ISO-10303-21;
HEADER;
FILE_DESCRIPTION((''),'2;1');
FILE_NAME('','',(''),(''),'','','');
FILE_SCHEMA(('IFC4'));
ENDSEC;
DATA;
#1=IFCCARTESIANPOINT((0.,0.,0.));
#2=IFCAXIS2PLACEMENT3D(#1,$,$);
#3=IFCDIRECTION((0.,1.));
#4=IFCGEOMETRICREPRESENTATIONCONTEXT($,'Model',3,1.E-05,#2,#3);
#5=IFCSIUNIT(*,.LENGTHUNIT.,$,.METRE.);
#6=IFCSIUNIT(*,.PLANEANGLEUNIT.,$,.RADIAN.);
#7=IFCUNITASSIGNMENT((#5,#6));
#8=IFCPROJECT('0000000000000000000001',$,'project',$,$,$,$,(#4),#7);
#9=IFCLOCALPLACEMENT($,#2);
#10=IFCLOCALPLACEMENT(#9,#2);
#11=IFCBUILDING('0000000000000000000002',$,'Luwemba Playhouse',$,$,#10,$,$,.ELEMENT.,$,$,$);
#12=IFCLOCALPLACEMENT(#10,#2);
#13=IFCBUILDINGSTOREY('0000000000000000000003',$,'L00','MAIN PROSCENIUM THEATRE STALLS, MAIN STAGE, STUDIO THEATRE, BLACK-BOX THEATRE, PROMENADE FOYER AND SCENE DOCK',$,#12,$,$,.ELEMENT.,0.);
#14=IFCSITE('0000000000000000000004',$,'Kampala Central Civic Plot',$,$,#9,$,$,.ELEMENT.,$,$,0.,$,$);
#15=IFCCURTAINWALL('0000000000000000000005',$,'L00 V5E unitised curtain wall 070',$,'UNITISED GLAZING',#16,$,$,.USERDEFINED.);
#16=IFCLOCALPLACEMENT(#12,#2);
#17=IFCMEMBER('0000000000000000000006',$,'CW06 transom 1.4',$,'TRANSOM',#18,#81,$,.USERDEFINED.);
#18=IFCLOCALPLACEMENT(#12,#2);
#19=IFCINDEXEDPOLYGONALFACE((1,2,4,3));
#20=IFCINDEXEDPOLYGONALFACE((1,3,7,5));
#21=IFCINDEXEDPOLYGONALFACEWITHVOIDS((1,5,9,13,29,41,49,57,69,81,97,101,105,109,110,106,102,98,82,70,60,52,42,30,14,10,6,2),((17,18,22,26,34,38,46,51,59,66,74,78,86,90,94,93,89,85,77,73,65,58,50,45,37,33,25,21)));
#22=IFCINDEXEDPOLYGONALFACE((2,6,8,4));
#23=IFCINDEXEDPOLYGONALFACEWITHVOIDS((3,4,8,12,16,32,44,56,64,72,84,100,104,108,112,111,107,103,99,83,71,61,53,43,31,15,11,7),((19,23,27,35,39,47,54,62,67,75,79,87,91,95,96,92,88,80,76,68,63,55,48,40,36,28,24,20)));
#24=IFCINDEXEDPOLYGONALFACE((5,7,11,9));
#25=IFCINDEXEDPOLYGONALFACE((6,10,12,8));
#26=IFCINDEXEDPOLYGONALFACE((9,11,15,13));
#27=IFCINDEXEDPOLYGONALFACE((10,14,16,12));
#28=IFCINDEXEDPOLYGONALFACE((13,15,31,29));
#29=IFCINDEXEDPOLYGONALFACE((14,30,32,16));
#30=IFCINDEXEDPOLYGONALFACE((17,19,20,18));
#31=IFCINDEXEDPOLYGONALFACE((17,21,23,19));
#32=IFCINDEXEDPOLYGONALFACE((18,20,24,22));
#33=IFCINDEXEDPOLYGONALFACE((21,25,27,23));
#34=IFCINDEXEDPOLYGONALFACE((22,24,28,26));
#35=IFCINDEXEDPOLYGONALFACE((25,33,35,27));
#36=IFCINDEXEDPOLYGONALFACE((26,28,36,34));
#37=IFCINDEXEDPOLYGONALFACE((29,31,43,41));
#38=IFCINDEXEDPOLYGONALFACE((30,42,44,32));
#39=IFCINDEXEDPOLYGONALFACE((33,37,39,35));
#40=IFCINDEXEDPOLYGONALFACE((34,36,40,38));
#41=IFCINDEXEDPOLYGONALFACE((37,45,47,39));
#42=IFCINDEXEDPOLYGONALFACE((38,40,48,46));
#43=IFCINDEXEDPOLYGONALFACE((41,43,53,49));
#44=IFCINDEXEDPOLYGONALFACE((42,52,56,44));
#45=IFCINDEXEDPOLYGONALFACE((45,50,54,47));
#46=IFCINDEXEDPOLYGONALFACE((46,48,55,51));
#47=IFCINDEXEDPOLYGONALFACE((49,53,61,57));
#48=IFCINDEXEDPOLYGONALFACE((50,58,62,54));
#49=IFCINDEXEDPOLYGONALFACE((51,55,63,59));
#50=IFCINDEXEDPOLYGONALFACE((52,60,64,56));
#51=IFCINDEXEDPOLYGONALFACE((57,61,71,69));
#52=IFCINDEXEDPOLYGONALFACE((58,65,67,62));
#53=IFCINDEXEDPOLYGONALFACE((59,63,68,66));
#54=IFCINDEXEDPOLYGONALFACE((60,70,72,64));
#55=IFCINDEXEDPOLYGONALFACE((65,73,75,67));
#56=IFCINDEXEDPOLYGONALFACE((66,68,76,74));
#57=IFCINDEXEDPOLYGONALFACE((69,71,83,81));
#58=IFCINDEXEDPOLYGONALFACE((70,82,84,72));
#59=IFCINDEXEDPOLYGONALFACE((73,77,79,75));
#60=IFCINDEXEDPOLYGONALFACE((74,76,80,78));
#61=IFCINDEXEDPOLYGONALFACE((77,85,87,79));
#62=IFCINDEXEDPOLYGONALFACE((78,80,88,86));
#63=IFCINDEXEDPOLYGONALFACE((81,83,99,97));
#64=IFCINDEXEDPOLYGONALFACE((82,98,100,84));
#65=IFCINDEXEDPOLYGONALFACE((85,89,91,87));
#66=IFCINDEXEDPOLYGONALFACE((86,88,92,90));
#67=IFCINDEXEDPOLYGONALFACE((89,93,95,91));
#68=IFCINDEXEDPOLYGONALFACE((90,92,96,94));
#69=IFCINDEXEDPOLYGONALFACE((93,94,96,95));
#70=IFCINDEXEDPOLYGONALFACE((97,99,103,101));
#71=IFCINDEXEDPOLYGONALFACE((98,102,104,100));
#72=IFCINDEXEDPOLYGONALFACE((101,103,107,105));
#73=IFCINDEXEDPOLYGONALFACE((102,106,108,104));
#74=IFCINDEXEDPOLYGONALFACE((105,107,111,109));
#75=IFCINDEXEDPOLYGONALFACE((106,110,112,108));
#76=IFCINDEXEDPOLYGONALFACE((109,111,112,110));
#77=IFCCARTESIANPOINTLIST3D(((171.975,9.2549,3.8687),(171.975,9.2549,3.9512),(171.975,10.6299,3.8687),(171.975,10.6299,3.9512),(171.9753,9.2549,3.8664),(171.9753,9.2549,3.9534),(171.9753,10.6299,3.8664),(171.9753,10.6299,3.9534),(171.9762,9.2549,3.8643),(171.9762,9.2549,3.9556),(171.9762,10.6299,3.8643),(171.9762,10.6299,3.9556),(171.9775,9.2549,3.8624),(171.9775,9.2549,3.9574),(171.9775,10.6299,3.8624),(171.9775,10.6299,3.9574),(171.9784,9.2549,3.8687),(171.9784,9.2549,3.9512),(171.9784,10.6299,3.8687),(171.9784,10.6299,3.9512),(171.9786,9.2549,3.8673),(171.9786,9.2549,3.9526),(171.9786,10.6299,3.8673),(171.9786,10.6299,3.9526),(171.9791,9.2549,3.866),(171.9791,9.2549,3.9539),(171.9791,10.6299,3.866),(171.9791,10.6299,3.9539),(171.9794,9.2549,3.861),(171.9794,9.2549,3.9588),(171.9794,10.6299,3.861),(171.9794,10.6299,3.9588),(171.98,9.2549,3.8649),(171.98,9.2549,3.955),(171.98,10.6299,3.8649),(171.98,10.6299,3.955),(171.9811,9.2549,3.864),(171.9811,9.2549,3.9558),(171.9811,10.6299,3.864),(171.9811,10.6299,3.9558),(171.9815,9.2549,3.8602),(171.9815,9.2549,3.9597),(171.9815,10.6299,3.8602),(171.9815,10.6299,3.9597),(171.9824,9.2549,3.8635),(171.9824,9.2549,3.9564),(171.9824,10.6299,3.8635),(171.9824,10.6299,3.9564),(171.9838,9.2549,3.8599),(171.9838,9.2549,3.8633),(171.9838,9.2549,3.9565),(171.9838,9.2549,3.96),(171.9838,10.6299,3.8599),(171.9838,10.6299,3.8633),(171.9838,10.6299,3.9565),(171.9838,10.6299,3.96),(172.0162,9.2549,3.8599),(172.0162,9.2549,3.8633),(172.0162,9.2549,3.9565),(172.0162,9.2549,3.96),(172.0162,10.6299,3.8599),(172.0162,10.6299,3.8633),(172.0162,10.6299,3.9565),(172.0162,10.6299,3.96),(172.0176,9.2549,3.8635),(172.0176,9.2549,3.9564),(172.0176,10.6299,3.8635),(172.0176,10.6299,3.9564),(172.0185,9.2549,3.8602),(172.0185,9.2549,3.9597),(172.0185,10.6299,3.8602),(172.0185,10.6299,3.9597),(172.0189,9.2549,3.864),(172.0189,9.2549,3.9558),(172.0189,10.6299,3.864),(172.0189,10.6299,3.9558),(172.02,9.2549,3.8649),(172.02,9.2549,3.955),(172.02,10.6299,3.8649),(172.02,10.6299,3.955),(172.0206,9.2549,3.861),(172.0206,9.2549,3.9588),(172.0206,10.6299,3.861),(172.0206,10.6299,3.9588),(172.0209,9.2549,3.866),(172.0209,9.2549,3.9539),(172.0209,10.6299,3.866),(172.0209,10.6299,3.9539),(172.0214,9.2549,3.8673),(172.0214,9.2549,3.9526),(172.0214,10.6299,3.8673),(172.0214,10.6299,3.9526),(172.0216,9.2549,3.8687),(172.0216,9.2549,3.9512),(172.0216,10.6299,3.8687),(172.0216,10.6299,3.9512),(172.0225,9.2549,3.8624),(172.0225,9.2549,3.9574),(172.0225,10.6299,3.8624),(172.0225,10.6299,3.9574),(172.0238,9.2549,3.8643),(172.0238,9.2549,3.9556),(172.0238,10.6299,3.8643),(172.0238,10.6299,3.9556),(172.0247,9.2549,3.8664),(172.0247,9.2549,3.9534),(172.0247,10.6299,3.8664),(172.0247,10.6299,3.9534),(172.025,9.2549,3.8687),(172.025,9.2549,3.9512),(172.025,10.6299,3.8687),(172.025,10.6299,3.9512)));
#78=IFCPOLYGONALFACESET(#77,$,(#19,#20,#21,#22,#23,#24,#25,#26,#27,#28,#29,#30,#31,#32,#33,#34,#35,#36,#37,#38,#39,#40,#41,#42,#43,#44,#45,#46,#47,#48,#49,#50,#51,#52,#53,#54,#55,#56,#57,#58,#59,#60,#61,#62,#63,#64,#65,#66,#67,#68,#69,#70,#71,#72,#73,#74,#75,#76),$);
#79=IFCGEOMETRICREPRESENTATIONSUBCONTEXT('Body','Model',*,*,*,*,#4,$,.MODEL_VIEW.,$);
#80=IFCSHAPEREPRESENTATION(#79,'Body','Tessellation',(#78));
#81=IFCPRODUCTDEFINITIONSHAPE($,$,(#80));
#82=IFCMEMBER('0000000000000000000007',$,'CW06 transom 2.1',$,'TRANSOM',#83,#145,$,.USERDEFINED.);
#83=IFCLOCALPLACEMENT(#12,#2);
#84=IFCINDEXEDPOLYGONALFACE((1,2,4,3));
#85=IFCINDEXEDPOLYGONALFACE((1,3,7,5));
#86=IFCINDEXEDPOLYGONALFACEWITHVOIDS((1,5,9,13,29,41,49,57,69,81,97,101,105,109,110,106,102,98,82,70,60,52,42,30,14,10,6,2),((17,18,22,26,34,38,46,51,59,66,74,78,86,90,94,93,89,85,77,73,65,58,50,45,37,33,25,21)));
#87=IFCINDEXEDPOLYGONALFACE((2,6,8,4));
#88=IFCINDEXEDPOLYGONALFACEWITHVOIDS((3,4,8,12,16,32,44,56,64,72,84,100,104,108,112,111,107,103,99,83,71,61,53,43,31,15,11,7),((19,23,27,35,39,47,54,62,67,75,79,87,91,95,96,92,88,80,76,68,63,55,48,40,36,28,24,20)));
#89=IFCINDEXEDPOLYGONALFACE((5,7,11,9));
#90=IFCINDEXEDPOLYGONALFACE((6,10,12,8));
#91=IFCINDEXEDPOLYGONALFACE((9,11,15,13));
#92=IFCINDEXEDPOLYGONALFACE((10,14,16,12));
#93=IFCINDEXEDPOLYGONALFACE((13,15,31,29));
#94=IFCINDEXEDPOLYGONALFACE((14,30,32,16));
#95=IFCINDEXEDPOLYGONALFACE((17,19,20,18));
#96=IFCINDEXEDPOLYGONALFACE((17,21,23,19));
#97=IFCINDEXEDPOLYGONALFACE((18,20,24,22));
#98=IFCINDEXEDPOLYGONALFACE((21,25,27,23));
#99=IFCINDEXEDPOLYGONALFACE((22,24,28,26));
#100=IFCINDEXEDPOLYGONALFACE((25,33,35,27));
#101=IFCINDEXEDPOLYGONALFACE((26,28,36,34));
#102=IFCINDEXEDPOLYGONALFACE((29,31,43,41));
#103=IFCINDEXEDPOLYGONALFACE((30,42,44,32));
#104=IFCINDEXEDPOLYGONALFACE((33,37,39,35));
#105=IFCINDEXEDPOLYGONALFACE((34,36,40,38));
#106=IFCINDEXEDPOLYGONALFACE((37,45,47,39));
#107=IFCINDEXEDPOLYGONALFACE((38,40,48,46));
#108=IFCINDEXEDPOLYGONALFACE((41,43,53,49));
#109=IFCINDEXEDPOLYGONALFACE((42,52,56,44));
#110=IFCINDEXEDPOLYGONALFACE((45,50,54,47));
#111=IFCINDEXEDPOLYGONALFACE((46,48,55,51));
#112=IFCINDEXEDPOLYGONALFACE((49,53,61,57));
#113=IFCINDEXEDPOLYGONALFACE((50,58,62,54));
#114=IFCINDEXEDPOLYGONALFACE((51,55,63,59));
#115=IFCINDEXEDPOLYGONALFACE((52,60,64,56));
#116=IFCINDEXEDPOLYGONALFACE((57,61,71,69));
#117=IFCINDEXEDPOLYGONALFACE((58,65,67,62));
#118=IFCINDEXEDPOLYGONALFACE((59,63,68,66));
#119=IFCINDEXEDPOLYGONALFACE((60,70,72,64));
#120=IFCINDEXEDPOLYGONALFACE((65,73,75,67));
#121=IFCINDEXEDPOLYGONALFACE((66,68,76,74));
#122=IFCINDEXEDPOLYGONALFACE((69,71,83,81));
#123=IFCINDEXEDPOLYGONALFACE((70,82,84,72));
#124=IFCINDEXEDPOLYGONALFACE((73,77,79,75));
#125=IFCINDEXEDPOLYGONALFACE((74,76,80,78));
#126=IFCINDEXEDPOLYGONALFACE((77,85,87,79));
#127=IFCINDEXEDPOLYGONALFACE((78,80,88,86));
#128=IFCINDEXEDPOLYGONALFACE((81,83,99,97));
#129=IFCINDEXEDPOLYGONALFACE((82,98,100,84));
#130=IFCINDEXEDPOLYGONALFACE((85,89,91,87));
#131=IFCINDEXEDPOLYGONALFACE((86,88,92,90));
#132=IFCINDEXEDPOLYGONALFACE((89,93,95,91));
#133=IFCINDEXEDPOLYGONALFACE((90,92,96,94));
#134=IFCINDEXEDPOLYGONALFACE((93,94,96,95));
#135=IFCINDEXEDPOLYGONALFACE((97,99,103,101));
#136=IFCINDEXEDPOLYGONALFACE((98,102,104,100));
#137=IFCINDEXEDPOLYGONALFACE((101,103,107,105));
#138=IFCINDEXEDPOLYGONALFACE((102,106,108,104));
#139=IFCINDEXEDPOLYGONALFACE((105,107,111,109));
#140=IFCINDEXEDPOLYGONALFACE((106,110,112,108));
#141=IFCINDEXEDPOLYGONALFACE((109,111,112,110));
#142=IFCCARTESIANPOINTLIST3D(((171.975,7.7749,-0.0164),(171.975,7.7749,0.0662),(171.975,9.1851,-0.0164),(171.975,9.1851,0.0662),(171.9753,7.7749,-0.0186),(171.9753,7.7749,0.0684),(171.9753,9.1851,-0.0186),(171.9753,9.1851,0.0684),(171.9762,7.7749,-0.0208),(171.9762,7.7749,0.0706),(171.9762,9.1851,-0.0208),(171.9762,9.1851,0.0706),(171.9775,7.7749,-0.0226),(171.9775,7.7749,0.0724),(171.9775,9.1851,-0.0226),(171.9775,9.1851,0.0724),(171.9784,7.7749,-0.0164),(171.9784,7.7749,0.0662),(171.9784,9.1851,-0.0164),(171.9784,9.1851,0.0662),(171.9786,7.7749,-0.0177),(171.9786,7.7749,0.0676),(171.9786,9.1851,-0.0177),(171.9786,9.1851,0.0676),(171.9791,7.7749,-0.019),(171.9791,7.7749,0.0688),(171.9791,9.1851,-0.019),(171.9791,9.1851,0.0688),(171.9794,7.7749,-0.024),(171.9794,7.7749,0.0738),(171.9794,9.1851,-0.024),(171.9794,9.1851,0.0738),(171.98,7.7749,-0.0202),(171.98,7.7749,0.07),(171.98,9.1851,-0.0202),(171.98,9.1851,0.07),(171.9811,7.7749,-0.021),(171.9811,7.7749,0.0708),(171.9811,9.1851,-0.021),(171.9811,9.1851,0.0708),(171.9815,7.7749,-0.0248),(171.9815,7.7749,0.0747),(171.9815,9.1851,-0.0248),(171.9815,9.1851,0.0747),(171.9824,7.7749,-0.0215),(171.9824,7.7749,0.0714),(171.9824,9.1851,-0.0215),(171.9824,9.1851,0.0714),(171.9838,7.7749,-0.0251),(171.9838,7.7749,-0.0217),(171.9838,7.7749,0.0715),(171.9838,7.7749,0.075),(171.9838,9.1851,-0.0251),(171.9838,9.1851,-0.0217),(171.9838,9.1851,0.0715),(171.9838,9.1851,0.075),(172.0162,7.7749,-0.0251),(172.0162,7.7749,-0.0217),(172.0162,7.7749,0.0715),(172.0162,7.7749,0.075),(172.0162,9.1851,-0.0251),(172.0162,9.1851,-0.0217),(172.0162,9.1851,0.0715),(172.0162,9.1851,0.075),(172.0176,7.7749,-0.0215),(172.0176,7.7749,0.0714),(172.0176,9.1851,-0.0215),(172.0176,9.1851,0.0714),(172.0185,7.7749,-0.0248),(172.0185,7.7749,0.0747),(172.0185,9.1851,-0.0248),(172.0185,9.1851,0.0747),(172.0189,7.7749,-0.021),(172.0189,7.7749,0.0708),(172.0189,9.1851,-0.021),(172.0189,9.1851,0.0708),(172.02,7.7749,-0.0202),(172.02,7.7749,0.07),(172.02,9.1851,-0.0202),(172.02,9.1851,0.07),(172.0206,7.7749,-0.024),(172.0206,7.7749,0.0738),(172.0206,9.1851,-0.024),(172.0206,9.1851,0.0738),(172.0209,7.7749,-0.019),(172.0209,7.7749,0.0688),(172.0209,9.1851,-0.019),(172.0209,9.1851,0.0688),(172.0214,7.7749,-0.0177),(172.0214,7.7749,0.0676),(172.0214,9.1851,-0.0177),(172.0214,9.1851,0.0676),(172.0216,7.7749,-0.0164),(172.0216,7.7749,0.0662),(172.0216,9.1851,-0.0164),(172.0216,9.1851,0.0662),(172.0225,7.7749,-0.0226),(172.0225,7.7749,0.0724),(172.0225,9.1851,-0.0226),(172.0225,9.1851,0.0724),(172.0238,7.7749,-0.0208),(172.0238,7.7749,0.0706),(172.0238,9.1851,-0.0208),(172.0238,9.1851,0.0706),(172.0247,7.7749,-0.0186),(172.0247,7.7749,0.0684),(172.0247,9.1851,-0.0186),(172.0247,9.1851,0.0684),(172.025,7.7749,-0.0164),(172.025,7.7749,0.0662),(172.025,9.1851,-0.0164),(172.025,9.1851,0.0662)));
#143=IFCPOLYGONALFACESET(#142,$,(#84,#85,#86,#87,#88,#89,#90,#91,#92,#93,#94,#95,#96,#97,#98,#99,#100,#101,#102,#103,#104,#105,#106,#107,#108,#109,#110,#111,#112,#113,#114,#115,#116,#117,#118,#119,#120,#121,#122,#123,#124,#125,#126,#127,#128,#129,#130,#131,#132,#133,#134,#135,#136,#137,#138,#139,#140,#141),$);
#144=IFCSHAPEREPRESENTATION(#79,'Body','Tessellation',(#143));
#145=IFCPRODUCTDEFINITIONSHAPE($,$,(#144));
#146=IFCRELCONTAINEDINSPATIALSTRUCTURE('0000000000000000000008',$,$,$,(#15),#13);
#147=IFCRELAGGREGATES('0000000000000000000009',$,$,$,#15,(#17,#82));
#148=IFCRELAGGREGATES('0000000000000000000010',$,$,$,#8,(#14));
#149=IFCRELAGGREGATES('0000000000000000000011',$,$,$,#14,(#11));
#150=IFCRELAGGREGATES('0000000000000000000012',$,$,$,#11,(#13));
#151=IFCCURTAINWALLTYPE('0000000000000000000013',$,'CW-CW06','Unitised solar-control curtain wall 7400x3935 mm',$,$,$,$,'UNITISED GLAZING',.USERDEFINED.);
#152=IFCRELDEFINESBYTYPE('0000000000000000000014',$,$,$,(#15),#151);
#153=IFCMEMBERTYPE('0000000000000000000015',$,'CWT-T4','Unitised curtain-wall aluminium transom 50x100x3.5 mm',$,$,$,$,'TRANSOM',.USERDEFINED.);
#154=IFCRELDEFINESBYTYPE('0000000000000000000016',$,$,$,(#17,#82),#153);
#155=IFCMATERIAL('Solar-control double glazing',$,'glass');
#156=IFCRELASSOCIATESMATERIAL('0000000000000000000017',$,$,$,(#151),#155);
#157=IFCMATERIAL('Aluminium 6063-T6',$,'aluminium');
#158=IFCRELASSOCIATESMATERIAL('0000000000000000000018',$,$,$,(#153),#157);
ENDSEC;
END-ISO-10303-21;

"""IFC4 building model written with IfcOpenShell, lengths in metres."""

from ifc_helpers import new_model, si_unit, direction, frame, origin, origin_2d, place, context, subcontext, project, spatial, hollow_rectangle, extrude, material, material_profile, profile_set, type_object, element, aggregate, save


model = new_model("IFC4")

# Units and contexts
model_context = context("Model", 3, precision=1e-05, world=origin(), true_north=direction((0.0, 1.0)))
body_context = subcontext(model_context, "Body", "Model", "MODEL_VIEW")
ifc_project = project(units=[si_unit("LENGTHUNIT", "METRE"), si_unit("PLANEANGLEUNIT", "RADIAN")], contexts=[model_context])

# Site, building, storey
site_placement = place(None, origin())
site = spatial("IfcSite", under=ifc_project, at=site_placement, Name="Kampala Central Civic Plot", CompositionType="ELEMENT", RefElevation=0.0)
building_placement = place(site_placement, origin())
building = spatial("IfcBuilding", under=site, at=building_placement, Name="Luwemba Playhouse", CompositionType="ELEMENT")
storey_placement = place(building_placement, origin())
storey = spatial("IfcBuildingStorey", under=building, at=storey_placement, Name="L00", Description="MAIN PROSCENIUM THEATRE STALLS, MAIN STAGE, STUDIO THEATRE, BLACK-BOX THEATRE, PROMENADE FOYER AND SCENE DOCK", CompositionType="ELEMENT", Elevation=0.0)

# Shared definitions
ifc_material_1 = material(Name="Solar-control double glazing", Category="glass")
ifc_material_2 = material(Name="Aluminium 6063-T6", Category="aluminium")

# Curtain wall
curtain_wall_type_1 = type_object("IfcCurtainWallType", Name="CW-CW06", Description="Unitised solar-control curtain wall 7400x3935 mm", ElementType="UNITISED GLAZING", PredefinedType="USERDEFINED", material=ifc_material_1)
curtain_wall_1_placement = place(storey_placement, origin())
curtain_wall_1 = element("IfcCurtainWall", 1, at=curtain_wall_1_placement, inside=storey, type_object=curtain_wall_type_1, Name="L00 V5E unitised curtain wall 070", ObjectType="UNITISED GLAZING", PredefinedType="USERDEFINED")

# Members
ifc_material_profile_1 = material_profile(ifc_material_2, hollow_rectangle(XDim=0.05, YDim=0.1001, WallThickness=0.0034, InnerFilletRadius=0.0054, OuterFilletRadius=0.0088, at=origin_2d()))
ifc_profile_set_1 = profile_set([ifc_material_profile_1], Name="Aluminium 6063-T6")
member_type_1 = type_object("IfcMemberType", Name="CWT-T4", Description="Unitised curtain-wall aluminium transom 50x100x3.5 mm", ElementType="TRANSOM", PredefinedType="USERDEFINED", material=ifc_profile_set_1)
member_1_placement = place(storey_placement, frame((172.0, 10.6299, 3.9099), z_axis=(0.0, -1.0, 0.0), x_axis=(1.0, 0.0, 0.0)))
member_1 = element("IfcMember", 2, at=member_1_placement, type_object=member_type_1, Name="CW06 transom 1.4", ObjectType="TRANSOM", PredefinedType="USERDEFINED", context=body_context, shape_type="SweptSolid", body=[
    extrude(hollow_rectangle(XDim=0.05, YDim=0.1001, WallThickness=0.0034, InnerFilletRadius=0.0054, OuterFilletRadius=0.0088, at=origin_2d()), origin(), (0.0, 0.0, 1.0), 1.375),
])
member_2_placement = place(storey_placement, frame((172.0, 9.1851, 0.0249), z_axis=(0.0, -1.0, 0.0), x_axis=(1.0, 0.0, 0.0)))
member_2 = element("IfcMember", 3, at=member_2_placement, type_object=member_type_1, Name="CW06 transom 2.1", ObjectType="TRANSOM", PredefinedType="USERDEFINED", context=body_context, shape_type="SweptSolid", body=[
    extrude(hollow_rectangle(XDim=0.05, YDim=0.1001, WallThickness=0.0034, InnerFilletRadius=0.0054, OuterFilletRadius=0.0088, at=origin_2d()), origin(), (0.0, 0.0, 1.0), 1.4102),
])

aggregate(curtain_wall_1, [member_1, member_2])

save(model, "model.ifc")
